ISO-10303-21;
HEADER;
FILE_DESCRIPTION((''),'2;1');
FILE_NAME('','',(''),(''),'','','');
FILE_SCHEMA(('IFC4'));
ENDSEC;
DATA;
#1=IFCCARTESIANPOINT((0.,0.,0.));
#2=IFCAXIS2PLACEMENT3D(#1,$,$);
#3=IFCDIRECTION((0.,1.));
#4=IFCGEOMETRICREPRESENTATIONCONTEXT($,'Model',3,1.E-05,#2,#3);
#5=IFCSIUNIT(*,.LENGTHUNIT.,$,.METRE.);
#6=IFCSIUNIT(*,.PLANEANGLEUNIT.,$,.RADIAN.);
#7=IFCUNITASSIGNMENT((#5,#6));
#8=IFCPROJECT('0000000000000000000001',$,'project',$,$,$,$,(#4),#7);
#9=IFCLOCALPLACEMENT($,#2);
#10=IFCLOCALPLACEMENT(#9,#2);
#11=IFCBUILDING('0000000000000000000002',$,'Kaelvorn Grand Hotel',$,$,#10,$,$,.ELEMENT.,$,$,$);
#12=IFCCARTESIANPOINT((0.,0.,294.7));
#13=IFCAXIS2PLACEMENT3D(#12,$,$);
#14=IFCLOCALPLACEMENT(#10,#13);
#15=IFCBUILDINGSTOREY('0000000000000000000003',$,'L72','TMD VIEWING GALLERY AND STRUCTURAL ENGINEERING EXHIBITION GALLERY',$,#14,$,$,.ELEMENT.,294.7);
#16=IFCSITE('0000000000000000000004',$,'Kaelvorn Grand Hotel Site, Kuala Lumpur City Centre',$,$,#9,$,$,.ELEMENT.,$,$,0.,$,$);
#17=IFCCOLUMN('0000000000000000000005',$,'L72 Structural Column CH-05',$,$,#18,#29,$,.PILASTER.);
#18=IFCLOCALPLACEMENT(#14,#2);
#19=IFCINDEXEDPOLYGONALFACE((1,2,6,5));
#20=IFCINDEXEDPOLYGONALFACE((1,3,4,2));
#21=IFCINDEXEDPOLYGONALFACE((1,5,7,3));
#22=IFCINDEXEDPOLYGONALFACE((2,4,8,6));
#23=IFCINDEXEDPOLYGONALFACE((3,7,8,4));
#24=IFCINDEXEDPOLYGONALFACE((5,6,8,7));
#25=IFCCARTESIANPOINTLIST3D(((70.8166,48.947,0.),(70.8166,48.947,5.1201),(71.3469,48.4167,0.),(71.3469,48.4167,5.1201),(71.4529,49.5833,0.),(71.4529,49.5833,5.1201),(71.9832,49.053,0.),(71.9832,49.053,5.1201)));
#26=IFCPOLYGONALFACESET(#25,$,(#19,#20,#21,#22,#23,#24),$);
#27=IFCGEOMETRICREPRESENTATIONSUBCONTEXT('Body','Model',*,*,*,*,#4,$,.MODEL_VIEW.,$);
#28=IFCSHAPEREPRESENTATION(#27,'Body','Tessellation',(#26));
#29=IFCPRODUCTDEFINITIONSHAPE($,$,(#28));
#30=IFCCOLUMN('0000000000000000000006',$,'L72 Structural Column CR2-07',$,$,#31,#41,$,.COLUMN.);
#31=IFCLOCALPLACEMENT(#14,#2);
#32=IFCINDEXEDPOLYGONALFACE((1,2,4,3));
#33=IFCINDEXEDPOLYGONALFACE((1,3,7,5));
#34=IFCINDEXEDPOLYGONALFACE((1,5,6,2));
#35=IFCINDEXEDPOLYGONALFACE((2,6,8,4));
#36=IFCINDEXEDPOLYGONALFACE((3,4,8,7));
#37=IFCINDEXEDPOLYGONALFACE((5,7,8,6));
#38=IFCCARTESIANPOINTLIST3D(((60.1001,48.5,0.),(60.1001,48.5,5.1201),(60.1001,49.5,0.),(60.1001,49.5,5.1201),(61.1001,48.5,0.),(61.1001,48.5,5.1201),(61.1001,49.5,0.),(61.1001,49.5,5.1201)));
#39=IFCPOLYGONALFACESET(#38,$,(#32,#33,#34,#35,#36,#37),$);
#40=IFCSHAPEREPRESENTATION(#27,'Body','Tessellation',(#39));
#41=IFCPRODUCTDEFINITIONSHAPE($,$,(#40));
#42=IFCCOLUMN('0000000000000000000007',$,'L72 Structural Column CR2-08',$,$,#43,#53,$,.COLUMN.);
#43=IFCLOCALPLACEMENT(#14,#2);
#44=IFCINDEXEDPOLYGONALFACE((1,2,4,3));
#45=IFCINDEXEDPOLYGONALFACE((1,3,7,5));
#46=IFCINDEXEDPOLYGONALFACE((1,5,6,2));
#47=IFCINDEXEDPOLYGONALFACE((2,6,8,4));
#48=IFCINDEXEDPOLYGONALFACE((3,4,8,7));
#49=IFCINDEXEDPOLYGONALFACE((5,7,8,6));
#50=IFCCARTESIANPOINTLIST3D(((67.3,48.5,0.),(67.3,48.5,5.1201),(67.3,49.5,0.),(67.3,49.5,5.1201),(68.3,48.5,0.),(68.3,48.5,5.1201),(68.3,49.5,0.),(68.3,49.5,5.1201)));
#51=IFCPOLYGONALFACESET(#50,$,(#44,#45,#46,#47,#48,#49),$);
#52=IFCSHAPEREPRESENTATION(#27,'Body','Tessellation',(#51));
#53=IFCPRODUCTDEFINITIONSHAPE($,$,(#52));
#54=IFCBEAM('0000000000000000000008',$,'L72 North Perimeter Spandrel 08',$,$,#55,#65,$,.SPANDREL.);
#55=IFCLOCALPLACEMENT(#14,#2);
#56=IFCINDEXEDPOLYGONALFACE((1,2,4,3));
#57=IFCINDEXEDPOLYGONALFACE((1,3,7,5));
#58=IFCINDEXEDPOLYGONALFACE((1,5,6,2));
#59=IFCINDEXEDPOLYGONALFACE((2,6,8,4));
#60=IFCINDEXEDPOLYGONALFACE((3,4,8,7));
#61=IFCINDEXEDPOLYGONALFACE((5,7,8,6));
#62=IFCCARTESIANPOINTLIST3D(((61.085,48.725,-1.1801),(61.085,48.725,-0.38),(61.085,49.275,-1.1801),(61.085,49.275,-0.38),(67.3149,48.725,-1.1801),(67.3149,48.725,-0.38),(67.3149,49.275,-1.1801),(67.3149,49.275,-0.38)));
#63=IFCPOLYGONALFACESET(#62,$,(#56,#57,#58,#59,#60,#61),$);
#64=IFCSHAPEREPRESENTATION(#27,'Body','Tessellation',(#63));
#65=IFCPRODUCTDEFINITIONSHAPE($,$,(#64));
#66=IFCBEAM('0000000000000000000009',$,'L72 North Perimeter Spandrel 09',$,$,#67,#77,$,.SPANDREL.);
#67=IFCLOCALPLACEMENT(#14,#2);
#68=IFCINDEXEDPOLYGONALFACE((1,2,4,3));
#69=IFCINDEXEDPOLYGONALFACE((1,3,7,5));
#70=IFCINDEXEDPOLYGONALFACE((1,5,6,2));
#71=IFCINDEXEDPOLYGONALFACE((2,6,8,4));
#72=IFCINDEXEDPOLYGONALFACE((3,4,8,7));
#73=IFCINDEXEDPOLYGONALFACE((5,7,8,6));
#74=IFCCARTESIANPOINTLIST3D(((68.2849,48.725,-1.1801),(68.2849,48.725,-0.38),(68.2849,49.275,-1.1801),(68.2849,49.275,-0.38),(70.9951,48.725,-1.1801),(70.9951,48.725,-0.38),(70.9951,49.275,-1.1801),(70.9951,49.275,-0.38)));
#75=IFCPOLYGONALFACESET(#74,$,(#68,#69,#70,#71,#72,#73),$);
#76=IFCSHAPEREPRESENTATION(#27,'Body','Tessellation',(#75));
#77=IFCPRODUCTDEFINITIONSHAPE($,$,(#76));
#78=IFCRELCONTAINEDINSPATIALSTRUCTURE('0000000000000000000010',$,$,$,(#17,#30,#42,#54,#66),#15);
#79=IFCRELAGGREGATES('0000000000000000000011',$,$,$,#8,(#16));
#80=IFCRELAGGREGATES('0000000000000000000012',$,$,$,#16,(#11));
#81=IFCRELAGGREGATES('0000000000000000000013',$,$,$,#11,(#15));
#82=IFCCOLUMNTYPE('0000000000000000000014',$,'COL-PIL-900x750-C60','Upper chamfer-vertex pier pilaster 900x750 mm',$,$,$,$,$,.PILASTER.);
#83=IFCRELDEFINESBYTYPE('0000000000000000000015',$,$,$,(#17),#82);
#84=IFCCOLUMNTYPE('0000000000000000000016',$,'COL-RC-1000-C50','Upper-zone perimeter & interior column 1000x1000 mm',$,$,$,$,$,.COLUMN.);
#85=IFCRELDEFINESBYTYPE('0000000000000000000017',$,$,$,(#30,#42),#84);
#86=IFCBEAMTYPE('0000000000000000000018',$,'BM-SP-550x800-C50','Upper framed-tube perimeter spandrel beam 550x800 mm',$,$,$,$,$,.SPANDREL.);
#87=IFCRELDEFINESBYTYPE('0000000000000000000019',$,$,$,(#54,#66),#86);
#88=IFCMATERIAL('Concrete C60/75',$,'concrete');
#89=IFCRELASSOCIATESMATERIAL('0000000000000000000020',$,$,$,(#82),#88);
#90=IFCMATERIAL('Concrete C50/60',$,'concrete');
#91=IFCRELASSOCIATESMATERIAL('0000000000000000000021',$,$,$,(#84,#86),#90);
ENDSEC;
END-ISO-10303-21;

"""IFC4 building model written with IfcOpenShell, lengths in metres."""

from ifc_helpers import new_model, si_unit, direction, frame, origin, origin_2d, place, context, subcontext, project, spatial, rectangle, extrude, material, material_profile, profile_set, type_object, element, save


model = new_model("IFC4")

# Units and contexts
model_context = context("Model", 3, precision=1e-05, world=origin(), true_north=direction((0.0, 1.0)))
body_context = subcontext(model_context, "Body", "Model", "MODEL_VIEW")
ifc_project = project(units=[si_unit("LENGTHUNIT", "METRE"), si_unit("PLANEANGLEUNIT", "RADIAN")], contexts=[model_context])

# Site, building, storey
site_placement = place(None, origin())
site = spatial("IfcSite", under=ifc_project, at=site_placement, Name="Kaelvorn Grand Hotel Site, Kuala Lumpur City Centre", CompositionType="ELEMENT", RefElevation=0.0)
building_placement = place(site_placement, origin())
building = spatial("IfcBuilding", under=site, at=building_placement, Name="Kaelvorn Grand Hotel", CompositionType="ELEMENT")
storey_placement = place(building_placement, frame((0.0, 0.0, 294.7)))
storey = spatial("IfcBuildingStorey", under=building, at=storey_placement, Name="L72", Description="TMD VIEWING GALLERY AND STRUCTURAL ENGINEERING EXHIBITION GALLERY", CompositionType="ELEMENT", Elevation=294.7)

# Columns
ifc_material_1 = material(Name="Concrete C60/75", Category="concrete")
ifc_material_profile_1 = material_profile(ifc_material_1, rectangle(XDim=0.8999, YDim=0.75, at=origin_2d()), Name="RC PILASTER 900x750")
ifc_profile_set_1 = profile_set([ifc_material_profile_1], Name="Concrete C60/75")
column_type_1 = type_object("IfcColumnType", Name="COL-PIL-900x750-C60", Description="Upper chamfer-vertex pier pilaster 900x750 mm", PredefinedType="PILASTER", material=ifc_profile_set_1)
column_placement = place(storey_placement, frame((71.3999, 49.0, 0.0), z_axis=(0.0, 0.0, 1.0), x_axis=(0.707107, 0.707107, 0.0)))
element("IfcColumn", 1, at=column_placement, inside=storey, type_object=column_type_1, Name="L72 Structural Column CH-05", PredefinedType="PILASTER", context=body_context, shape_type="SweptSolid", body=[
    extrude(rectangle(XDim=0.8999, YDim=0.75, at=origin_2d()), origin(), (0.0, 0.0, 1.0), 5.1201),
])
ifc_material_2 = material(Name="Concrete C50/60", Category="concrete")
ifc_material_profile_2 = material_profile(ifc_material_2, rectangle(XDim=1.0, YDim=1.0, at=origin_2d()), Name="RC COL 1000x1000")
ifc_profile_set_2 = profile_set([ifc_material_profile_2], Name="Concrete C50/60")
column_type_2 = type_object("IfcColumnType", Name="COL-RC-1000-C50", Description="Upper-zone perimeter & interior column 1000x1000 mm", PredefinedType="COLUMN", material=ifc_profile_set_2)
for number, where, z_axis, x_axis, name in (
    (2, (60.6001, 49.0, 0.0), (0.0, 0.0, 1.0), (1.0, 0.0, 0.0), "L72 Structural Column CR2-07"),
    (3, (67.8, 49.0, 0.0), (0.0, 0.0, 1.0), (1.0, 0.0, 0.0), "L72 Structural Column CR2-08"),
):
    element("IfcColumn", number, at=place(storey_placement, frame(where, z_axis=z_axis, x_axis=x_axis)), inside=storey, type_object=column_type_2, Name=name, PredefinedType="COLUMN", context=body_context, shape_type="SweptSolid", body=[
        extrude(rectangle(XDim=1.0, YDim=1.0, at=origin_2d()), origin(), (0.0, 0.0, 1.0), 5.1201),
    ])

# Beams
ifc_material_profile_3 = material_profile(ifc_material_2, rectangle(XDim=0.55, YDim=0.8, at=origin_2d()), Name="RC SPANDREL 550x800")
ifc_profile_set_3 = profile_set([ifc_material_profile_3], Name="Concrete C50/60")
beam_type = type_object("IfcBeamType", Name="BM-SP-550x800-C50", Description="Upper framed-tube perimeter spandrel beam 550x800 mm", PredefinedType="SPANDREL", material=ifc_profile_set_3)
beam_1_placement = place(storey_placement, frame((61.085, 49.0, -0.78), z_axis=(1.0, 0.0, 0.0), x_axis=(0.0, 1.0, 0.0)))
element("IfcBeam", 4, at=beam_1_placement, inside=storey, type_object=beam_type, Name="L72 North Perimeter Spandrel 08", PredefinedType="SPANDREL", context=body_context, shape_type="SweptSolid", body=[
    extrude(rectangle(XDim=0.55, YDim=0.8, at=origin_2d()), origin(), (0.0, 0.0, 1.0), 6.23),
])
beam_2_placement = place(storey_placement, frame((68.2849, 49.0, -0.78), z_axis=(1.0, 0.0, 0.0), x_axis=(0.0, 1.0, 0.0)))
element("IfcBeam", 5, at=beam_2_placement, inside=storey, type_object=beam_type, Name="L72 North Perimeter Spandrel 09", PredefinedType="SPANDREL", context=body_context, shape_type="SweptSolid", body=[
    extrude(rectangle(XDim=0.55, YDim=0.8, at=origin_2d()), origin(), (0.0, 0.0, 1.0), 2.7102),
])

save(model, "model.ifc")
